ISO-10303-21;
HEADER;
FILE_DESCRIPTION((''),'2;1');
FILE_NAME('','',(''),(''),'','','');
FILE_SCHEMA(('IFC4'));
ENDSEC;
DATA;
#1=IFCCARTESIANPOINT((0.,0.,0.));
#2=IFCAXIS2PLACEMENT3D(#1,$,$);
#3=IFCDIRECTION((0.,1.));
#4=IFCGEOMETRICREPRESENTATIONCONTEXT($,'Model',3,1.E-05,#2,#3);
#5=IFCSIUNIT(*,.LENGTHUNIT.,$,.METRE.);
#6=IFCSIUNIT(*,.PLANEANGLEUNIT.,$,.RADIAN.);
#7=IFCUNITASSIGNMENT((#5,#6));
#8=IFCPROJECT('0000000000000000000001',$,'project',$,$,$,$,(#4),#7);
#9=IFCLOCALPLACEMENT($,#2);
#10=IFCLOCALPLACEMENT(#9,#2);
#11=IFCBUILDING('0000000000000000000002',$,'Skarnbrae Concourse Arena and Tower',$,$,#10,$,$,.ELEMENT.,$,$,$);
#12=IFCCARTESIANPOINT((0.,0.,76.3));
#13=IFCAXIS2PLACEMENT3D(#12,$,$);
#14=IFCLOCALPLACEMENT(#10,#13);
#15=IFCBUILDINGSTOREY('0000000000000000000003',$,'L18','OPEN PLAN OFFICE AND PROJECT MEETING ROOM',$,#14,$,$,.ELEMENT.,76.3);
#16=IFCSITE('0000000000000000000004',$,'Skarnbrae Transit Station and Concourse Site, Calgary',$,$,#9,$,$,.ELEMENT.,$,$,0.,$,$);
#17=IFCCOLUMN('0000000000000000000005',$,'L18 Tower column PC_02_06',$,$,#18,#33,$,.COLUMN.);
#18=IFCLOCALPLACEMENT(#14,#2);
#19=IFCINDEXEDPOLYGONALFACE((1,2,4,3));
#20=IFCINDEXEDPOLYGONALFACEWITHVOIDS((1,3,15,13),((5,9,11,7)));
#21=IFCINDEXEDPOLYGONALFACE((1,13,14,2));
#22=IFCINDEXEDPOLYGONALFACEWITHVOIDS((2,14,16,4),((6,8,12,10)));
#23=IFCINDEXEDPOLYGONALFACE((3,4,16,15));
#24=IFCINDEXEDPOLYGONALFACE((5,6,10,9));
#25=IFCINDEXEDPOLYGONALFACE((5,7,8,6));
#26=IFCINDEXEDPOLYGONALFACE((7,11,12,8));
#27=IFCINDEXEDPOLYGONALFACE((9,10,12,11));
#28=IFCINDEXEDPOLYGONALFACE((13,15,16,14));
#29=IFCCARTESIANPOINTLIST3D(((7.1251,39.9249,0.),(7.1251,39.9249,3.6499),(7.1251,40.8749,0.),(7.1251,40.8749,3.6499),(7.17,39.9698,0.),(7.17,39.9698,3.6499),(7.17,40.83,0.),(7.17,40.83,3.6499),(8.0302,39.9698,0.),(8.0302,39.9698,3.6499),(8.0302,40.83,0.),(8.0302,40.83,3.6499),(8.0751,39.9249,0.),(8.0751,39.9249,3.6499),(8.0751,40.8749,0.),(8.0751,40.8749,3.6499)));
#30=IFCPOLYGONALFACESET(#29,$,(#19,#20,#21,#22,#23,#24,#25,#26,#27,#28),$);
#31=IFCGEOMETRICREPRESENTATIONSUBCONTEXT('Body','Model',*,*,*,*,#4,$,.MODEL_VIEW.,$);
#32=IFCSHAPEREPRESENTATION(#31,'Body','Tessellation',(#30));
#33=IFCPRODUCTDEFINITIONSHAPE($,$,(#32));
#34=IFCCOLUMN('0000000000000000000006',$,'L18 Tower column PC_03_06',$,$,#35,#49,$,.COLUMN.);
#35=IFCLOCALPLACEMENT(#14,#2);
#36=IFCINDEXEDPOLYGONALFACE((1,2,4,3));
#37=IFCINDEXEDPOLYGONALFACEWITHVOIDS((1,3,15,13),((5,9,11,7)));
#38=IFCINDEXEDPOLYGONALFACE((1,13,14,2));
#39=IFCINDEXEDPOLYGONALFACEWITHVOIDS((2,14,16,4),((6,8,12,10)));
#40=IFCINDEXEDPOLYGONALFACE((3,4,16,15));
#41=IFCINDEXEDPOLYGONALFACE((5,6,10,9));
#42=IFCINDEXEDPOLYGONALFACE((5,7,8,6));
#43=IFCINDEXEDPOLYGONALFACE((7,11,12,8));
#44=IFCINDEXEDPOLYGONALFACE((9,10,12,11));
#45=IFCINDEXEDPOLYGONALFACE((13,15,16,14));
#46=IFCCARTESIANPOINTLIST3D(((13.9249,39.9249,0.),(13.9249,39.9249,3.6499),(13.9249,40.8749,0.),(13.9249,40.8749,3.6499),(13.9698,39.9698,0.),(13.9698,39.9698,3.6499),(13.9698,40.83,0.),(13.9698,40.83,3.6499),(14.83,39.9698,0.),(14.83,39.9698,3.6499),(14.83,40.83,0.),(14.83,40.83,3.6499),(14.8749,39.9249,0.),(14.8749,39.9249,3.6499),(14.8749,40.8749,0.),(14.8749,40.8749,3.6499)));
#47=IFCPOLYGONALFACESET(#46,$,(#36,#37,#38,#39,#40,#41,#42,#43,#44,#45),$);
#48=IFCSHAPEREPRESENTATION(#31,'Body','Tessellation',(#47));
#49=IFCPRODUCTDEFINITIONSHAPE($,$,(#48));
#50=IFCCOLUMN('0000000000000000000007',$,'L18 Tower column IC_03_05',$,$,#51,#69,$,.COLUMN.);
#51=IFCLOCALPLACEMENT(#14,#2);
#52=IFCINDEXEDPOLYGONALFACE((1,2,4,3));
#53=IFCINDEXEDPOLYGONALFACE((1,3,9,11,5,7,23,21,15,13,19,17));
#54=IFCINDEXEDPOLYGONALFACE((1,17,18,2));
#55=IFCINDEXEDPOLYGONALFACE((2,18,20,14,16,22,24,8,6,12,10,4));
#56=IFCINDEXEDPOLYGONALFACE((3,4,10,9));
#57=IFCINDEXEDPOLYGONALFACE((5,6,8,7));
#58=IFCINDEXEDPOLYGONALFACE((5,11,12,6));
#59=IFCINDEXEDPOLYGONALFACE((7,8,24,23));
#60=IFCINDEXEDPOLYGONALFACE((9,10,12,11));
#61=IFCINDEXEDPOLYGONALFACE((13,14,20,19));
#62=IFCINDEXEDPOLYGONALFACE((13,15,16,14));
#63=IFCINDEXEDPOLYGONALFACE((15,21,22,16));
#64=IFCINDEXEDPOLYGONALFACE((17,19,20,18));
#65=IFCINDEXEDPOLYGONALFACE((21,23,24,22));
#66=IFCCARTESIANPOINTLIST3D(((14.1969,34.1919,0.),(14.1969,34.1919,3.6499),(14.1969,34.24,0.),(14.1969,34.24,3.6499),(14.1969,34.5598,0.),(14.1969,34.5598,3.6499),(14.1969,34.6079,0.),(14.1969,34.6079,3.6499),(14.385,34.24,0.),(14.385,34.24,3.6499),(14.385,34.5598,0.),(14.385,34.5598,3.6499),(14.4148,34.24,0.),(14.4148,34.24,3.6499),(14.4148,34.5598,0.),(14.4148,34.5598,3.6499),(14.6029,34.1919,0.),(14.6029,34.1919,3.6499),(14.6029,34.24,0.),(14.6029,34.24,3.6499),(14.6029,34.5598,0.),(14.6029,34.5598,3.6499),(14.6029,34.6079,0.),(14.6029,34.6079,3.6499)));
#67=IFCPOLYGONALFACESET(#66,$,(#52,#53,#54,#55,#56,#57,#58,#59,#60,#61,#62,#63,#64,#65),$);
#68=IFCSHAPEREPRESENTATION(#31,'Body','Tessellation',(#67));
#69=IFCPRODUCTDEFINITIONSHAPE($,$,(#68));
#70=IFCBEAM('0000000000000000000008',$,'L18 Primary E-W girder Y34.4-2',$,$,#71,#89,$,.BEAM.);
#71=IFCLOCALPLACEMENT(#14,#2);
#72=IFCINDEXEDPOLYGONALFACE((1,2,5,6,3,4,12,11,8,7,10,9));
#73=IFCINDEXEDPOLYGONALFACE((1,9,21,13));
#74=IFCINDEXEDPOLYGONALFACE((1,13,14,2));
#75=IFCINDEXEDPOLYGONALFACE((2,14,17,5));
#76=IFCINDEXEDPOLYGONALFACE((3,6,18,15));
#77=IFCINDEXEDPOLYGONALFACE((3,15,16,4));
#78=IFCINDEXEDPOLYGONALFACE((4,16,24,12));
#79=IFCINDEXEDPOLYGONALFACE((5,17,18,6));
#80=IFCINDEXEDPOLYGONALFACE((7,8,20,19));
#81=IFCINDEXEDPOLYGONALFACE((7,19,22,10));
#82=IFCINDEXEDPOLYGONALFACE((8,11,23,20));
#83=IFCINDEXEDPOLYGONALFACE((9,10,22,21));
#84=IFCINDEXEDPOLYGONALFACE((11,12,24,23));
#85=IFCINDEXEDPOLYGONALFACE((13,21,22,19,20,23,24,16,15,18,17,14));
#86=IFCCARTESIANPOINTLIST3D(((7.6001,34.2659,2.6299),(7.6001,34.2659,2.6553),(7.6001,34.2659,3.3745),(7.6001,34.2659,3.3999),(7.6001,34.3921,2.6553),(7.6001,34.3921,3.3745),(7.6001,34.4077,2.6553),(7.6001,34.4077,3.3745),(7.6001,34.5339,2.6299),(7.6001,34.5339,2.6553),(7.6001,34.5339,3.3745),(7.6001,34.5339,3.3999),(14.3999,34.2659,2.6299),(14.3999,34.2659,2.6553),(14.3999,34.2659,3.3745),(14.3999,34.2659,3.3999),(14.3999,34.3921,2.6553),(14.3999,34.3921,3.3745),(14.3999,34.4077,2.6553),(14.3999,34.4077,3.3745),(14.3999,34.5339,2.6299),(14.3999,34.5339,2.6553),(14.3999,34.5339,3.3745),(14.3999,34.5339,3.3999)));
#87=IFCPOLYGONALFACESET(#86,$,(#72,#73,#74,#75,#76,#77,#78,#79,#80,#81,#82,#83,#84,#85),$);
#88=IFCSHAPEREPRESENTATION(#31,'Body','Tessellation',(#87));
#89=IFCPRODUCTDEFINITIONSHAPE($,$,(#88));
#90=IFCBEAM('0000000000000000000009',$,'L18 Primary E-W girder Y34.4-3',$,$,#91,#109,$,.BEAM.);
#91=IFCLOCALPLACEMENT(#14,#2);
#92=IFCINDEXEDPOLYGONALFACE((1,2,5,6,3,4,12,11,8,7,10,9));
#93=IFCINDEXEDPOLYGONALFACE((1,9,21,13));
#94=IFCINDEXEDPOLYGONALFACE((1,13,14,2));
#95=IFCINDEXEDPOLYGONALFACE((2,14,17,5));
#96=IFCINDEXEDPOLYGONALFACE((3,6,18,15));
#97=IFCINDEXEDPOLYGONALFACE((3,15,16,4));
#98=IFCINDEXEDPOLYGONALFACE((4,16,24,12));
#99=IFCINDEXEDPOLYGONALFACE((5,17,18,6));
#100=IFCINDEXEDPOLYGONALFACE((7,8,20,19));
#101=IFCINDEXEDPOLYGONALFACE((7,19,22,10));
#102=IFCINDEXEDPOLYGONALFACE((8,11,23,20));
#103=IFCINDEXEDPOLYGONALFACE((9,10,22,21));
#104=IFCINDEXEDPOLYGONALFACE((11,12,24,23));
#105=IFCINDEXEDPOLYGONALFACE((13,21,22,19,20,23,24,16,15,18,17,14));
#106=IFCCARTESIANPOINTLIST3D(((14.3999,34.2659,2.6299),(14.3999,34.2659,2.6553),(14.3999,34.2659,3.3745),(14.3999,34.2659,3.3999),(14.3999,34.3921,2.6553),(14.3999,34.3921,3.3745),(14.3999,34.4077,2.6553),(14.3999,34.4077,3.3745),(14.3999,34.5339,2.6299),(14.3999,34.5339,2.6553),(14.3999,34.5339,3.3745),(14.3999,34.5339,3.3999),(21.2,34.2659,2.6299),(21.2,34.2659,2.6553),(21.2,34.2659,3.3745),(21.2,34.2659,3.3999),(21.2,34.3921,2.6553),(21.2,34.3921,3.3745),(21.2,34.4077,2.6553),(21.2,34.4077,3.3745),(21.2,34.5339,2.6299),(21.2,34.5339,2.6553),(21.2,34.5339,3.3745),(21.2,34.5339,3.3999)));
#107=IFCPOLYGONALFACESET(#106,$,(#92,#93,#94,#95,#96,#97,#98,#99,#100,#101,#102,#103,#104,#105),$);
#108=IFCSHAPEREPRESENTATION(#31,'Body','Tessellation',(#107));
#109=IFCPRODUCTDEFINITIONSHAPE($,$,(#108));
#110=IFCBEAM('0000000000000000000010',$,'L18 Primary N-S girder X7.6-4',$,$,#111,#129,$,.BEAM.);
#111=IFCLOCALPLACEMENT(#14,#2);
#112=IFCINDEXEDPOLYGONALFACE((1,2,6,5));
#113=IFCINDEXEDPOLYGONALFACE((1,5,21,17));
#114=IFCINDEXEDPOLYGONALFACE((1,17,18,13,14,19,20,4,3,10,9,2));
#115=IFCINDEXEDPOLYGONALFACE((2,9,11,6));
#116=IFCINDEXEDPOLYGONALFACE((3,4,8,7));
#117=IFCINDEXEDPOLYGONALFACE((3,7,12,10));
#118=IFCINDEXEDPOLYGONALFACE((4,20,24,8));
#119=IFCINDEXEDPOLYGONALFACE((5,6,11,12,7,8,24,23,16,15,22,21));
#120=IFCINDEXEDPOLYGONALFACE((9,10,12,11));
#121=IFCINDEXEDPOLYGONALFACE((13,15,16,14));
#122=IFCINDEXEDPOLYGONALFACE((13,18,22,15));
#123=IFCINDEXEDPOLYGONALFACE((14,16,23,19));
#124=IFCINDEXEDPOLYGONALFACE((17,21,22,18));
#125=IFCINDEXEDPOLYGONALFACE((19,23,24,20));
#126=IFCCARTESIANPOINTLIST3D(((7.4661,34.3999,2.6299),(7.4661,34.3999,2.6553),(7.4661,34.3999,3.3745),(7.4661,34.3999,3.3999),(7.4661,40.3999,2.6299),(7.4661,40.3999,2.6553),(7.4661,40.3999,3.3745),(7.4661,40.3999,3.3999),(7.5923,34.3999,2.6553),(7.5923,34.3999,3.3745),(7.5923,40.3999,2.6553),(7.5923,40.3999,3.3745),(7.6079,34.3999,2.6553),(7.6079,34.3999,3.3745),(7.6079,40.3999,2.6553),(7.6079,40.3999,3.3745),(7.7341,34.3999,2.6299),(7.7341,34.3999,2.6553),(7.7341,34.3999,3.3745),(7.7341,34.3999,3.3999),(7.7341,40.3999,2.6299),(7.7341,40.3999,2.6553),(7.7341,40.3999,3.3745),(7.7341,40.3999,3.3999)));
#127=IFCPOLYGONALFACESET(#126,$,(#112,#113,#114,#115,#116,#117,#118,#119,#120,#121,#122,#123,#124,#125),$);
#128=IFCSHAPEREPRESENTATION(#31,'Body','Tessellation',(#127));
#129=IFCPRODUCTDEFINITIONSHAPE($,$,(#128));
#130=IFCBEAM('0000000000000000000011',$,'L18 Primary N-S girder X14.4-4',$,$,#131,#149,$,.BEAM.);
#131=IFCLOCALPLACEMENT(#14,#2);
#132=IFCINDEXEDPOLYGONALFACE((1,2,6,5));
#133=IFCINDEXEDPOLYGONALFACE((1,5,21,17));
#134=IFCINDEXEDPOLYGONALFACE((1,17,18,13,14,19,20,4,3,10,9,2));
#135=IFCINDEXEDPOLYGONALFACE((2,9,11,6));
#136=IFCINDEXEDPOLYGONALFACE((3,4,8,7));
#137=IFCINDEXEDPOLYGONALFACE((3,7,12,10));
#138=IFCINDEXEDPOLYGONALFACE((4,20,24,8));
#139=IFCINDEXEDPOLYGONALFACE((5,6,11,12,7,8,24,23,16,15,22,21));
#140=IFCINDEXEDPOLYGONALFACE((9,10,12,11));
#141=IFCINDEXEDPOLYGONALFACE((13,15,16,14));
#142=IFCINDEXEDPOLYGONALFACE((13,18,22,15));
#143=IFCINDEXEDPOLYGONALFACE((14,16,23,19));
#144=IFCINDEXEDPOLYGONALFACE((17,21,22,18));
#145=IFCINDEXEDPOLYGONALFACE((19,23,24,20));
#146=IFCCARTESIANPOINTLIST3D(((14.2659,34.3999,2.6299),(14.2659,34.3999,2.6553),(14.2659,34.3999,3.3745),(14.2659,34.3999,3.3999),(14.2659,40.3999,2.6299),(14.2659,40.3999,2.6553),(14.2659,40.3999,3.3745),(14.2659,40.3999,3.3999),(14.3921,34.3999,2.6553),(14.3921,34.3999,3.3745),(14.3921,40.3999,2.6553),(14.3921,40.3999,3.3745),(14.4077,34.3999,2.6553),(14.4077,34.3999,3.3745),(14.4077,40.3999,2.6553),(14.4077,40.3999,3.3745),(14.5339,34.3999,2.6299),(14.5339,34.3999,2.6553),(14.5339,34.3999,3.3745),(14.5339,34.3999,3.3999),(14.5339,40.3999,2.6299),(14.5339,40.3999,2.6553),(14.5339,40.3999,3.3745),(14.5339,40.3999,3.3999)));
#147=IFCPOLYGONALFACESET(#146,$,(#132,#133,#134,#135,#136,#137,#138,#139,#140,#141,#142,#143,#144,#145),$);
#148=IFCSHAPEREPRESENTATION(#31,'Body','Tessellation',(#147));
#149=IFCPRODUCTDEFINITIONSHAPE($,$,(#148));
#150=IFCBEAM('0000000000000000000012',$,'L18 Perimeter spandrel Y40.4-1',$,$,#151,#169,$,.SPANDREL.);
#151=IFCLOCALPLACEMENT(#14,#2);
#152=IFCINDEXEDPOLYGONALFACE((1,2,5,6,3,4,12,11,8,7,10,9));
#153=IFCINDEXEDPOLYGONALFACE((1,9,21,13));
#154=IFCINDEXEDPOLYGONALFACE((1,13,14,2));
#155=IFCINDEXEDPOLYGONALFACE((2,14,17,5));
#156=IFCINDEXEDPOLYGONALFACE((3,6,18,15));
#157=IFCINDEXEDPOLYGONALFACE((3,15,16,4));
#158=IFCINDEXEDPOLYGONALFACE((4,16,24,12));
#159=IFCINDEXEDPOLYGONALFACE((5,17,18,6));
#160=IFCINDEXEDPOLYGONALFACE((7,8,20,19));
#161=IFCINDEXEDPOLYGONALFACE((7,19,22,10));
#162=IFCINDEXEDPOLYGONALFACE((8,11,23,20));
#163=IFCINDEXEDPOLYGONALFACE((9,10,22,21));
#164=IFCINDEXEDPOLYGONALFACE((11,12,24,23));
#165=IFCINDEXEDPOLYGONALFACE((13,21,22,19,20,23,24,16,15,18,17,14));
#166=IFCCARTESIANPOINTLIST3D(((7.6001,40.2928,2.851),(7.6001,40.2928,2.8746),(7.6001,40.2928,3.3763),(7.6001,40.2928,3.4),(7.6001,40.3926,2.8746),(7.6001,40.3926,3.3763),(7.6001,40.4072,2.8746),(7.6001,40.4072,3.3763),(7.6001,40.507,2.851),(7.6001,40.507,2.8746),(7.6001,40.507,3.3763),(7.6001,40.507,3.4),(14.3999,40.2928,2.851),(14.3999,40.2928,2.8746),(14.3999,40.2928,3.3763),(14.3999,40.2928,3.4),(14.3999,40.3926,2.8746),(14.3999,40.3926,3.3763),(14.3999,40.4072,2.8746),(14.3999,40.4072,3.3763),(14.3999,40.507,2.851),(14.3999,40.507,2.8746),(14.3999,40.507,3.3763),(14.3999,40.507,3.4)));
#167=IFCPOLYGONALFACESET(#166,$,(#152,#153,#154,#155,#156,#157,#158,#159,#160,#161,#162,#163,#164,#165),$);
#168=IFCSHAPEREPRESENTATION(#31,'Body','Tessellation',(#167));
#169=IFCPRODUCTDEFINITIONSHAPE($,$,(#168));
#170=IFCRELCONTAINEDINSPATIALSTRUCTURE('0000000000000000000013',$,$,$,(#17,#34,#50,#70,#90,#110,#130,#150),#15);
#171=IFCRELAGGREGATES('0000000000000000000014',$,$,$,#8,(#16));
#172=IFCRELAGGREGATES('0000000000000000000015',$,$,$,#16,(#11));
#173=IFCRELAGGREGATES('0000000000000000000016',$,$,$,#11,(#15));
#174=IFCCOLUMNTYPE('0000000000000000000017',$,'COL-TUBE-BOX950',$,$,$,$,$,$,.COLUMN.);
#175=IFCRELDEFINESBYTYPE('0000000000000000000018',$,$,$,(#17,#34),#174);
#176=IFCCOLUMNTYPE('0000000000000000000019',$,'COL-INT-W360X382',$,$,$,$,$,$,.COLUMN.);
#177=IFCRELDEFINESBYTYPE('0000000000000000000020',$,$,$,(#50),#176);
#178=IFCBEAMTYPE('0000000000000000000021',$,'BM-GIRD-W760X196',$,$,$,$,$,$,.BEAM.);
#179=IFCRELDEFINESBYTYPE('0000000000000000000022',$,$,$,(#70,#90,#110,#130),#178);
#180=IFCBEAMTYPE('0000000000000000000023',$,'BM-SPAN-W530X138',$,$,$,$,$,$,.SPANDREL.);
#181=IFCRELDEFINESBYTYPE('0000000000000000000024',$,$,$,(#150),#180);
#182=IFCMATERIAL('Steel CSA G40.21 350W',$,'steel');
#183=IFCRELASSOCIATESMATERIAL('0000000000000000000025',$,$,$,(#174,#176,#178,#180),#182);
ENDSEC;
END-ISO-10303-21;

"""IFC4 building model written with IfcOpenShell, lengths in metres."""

from ifc_helpers import new_model, si_unit, direction, frame, origin, origin_2d, place, context, subcontext, project, spatial, hollow_rectangle, i_section, extrude, source, transform, mapped, material, material_profile, profile_set, type_object, element, save


model = new_model("IFC4")

# Units and contexts
model_context = context("Model", 3, precision=1e-05, world=origin(), true_north=direction((0.0, 1.0)))
body_context = subcontext(model_context, "Body", "Model", "MODEL_VIEW")
ifc_project = project(units=[si_unit("LENGTHUNIT", "METRE"), si_unit("PLANEANGLEUNIT", "RADIAN")], contexts=[model_context])

# Site, building, storey
site_placement = place(None, origin())
site = spatial("IfcSite", under=ifc_project, at=site_placement, Name="Skarnbrae Transit Station and Concourse Site, Calgary", CompositionType="ELEMENT", RefElevation=0.0)
building_placement = place(site_placement, origin())
building = spatial("IfcBuilding", under=site, at=building_placement, Name="Skarnbrae Concourse Arena and Tower", CompositionType="ELEMENT")
storey_placement = place(building_placement, frame((0.0, 0.0, 76.3)))
storey = spatial("IfcBuildingStorey", under=building, at=storey_placement, Name="L18", Description="OPEN PLAN OFFICE AND PROJECT MEETING ROOM", CompositionType="ELEMENT", Elevation=76.3)

# Columns
ifc_material_1 = material(Name="Steel CSA G40.21 350W", Category="steel")
ifc_material_profile_1 = material_profile(ifc_material_1, hollow_rectangle(XDim=0.95, YDim=0.95, WallThickness=0.0449, at=origin_2d()), Name="BOX950X950X45")
ifc_profile_set_1 = profile_set([ifc_material_profile_1], Name="Steel CSA G40.21 350W")
column_type_1 = type_object("IfcColumnType", Name="COL-TUBE-BOX950", PredefinedType="COLUMN", material=ifc_profile_set_1)
shared_shape_1 = source(origin(), body_context, "Body", "SweptSolid", [
    extrude(hollow_rectangle(XDim=0.95, YDim=0.95, WallThickness=0.0449, at=origin_2d()), origin(), (0.0, 0.0, 1.0), 3.6499),
])
for number, where, z_axis, x_axis, name in (
    (1, (7.6001, 40.3999, 0.0), (0.0, 0.0, 1.0), (1.0, 0.0, 0.0), "L18 Tower column PC_02_06"),
    (2, (14.3999, 40.3999, 0.0), (0.0, 0.0, 1.0), (1.0, 0.0, 0.0), "L18 Tower column PC_03_06"),
):
    element("IfcColumn", number, at=place(storey_placement, frame(where, z_axis=z_axis, x_axis=x_axis)), inside=storey, type_object=column_type_1, Name=name, PredefinedType="COLUMN", context=body_context, shape_type="MappedRepresentation", body=[
        mapped(shared_shape_1, transform((0.0, 0.0, 0.0))),
    ])
ifc_material_profile_2 = material_profile(ifc_material_1, i_section(OverallWidth=0.406, OverallDepth=0.416, WebThickness=0.0298, FlangeThickness=0.0481, at=origin_2d()), Name="W360X382")
ifc_profile_set_2 = profile_set([ifc_material_profile_2], Name="Steel CSA G40.21 350W")
column_type_2 = type_object("IfcColumnType", Name="COL-INT-W360X382", PredefinedType="COLUMN", material=ifc_profile_set_2)
shared_shape_2 = source(origin(), body_context, "Body", "SweptSolid", [
    extrude(i_section(OverallWidth=0.406, OverallDepth=0.416, WebThickness=0.0298, FlangeThickness=0.0481, at=origin_2d()), origin(), (0.0, 0.0, 1.0), 3.6499),
])
column_placement = place(storey_placement, frame((14.3999, 34.3999, 0.0), z_axis=(0.0, 0.0, 1.0), x_axis=(1.0, 0.0, 0.0)))
element("IfcColumn", 3, at=column_placement, inside=storey, type_object=column_type_2, Name="L18 Tower column IC_03_05", PredefinedType="COLUMN", context=body_context, shape_type="MappedRepresentation", body=[
    mapped(shared_shape_2, transform((0.0, 0.0, 0.0))),
])

# Beams
ifc_material_profile_3 = material_profile(ifc_material_1, i_section(OverallWidth=0.2681, OverallDepth=0.77, WebThickness=0.0156, FlangeThickness=0.0254, at=origin_2d()), Name="W760X196")
ifc_profile_set_3 = profile_set([ifc_material_profile_3], Name="Steel CSA G40.21 350W")
beam_type_1 = type_object("IfcBeamType", Name="BM-GIRD-W760X196", PredefinedType="BEAM", material=ifc_profile_set_3)
shared_shape_3 = source(origin(), body_context, "Body", "SweptSolid", [
    extrude(i_section(OverallWidth=0.2681, OverallDepth=0.77, WebThickness=0.0156, FlangeThickness=0.0254, at=origin_2d()), origin(), (0.0, 0.0, 1.0), 6.7998),
])
beam_1_placement = place(storey_placement, frame((7.6001, 34.3999, 3.0149), z_axis=(1.0, 0.0, 0.0), x_axis=(0.0, 1.0, 0.0)))
element("IfcBeam", 4, at=beam_1_placement, inside=storey, type_object=beam_type_1, Name="L18 Primary E-W girder Y34.4-2", PredefinedType="BEAM", context=body_context, shape_type="MappedRepresentation", body=[
    mapped(shared_shape_3, transform((0.0, 0.0, 0.0))),
])
shared_shape_4 = source(origin(), body_context, "Body", "SweptSolid", [
    extrude(i_section(OverallWidth=0.2681, OverallDepth=0.77, WebThickness=0.0156, FlangeThickness=0.0254, at=origin_2d()), origin(), (0.0, 0.0, 1.0), 6.8),
])
beam_2_placement = place(storey_placement, frame((14.3999, 34.3999, 3.0149), z_axis=(1.0, 0.0, 0.0), x_axis=(0.0, 1.0, 0.0)))
element("IfcBeam", 5, at=beam_2_placement, inside=storey, type_object=beam_type_1, Name="L18 Primary E-W girder Y34.4-3", PredefinedType="BEAM", context=body_context, shape_type="MappedRepresentation", body=[
    mapped(shared_shape_4, transform((0.0, 0.0, 0.0))),
])
shared_shape_5 = source(origin(), body_context, "Body", "SweptSolid", [
    extrude(i_section(OverallWidth=0.2681, OverallDepth=0.77, WebThickness=0.0156, FlangeThickness=0.0254, at=origin_2d()), origin(), (0.0, 0.0, 1.0), 6.0),
])
for number, where, z_axis, x_axis, name in (
    (6, (7.6001, 34.3999, 3.0149), (0.0, 1.0, 0.0), (-1.0, 0.0, 0.0), "L18 Primary N-S girder X7.6-4"),
    (7, (14.3999, 34.3999, 3.0149), (0.0, 1.0, 0.0), (-1.0, 0.0, 0.0), "L18 Primary N-S girder X14.4-4"),
):
    element("IfcBeam", number, at=place(storey_placement, frame(where, z_axis=z_axis, x_axis=x_axis)), inside=storey, type_object=beam_type_1, Name=name, PredefinedType="BEAM", context=body_context, shape_type="MappedRepresentation", body=[
        mapped(shared_shape_5, transform((0.0, 0.0, 0.0))),
    ])
ifc_material_profile_4 = material_profile(ifc_material_1, i_section(OverallWidth=0.2141, OverallDepth=0.5491, WebThickness=0.0146, FlangeThickness=0.0237, at=origin_2d()), Name="W530X138")
ifc_profile_set_4 = profile_set([ifc_material_profile_4], Name="Steel CSA G40.21 350W")
beam_type_2 = type_object("IfcBeamType", Name="BM-SPAN-W530X138", PredefinedType="SPANDREL", material=ifc_profile_set_4)
shared_shape_6 = source(origin(), body_context, "Body", "SweptSolid", [
    extrude(i_section(OverallWidth=0.2141, OverallDepth=0.5491, WebThickness=0.0146, FlangeThickness=0.0237, at=origin_2d()), origin(), (0.0, 0.0, 1.0), 6.7998),
])
beam_3_placement = place(storey_placement, frame((7.6001, 40.3999, 3.1255), z_axis=(1.0, 0.0, 0.0), x_axis=(0.0, 1.0, 0.0)))
element("IfcBeam", 8, at=beam_3_placement, inside=storey, type_object=beam_type_2, Name="L18 Perimeter spandrel Y40.4-1", PredefinedType="SPANDREL", context=body_context, shape_type="MappedRepresentation", body=[
    mapped(shared_shape_6, transform((0.0, 0.0, 0.0))),
])

save(model, "model.ifc")
